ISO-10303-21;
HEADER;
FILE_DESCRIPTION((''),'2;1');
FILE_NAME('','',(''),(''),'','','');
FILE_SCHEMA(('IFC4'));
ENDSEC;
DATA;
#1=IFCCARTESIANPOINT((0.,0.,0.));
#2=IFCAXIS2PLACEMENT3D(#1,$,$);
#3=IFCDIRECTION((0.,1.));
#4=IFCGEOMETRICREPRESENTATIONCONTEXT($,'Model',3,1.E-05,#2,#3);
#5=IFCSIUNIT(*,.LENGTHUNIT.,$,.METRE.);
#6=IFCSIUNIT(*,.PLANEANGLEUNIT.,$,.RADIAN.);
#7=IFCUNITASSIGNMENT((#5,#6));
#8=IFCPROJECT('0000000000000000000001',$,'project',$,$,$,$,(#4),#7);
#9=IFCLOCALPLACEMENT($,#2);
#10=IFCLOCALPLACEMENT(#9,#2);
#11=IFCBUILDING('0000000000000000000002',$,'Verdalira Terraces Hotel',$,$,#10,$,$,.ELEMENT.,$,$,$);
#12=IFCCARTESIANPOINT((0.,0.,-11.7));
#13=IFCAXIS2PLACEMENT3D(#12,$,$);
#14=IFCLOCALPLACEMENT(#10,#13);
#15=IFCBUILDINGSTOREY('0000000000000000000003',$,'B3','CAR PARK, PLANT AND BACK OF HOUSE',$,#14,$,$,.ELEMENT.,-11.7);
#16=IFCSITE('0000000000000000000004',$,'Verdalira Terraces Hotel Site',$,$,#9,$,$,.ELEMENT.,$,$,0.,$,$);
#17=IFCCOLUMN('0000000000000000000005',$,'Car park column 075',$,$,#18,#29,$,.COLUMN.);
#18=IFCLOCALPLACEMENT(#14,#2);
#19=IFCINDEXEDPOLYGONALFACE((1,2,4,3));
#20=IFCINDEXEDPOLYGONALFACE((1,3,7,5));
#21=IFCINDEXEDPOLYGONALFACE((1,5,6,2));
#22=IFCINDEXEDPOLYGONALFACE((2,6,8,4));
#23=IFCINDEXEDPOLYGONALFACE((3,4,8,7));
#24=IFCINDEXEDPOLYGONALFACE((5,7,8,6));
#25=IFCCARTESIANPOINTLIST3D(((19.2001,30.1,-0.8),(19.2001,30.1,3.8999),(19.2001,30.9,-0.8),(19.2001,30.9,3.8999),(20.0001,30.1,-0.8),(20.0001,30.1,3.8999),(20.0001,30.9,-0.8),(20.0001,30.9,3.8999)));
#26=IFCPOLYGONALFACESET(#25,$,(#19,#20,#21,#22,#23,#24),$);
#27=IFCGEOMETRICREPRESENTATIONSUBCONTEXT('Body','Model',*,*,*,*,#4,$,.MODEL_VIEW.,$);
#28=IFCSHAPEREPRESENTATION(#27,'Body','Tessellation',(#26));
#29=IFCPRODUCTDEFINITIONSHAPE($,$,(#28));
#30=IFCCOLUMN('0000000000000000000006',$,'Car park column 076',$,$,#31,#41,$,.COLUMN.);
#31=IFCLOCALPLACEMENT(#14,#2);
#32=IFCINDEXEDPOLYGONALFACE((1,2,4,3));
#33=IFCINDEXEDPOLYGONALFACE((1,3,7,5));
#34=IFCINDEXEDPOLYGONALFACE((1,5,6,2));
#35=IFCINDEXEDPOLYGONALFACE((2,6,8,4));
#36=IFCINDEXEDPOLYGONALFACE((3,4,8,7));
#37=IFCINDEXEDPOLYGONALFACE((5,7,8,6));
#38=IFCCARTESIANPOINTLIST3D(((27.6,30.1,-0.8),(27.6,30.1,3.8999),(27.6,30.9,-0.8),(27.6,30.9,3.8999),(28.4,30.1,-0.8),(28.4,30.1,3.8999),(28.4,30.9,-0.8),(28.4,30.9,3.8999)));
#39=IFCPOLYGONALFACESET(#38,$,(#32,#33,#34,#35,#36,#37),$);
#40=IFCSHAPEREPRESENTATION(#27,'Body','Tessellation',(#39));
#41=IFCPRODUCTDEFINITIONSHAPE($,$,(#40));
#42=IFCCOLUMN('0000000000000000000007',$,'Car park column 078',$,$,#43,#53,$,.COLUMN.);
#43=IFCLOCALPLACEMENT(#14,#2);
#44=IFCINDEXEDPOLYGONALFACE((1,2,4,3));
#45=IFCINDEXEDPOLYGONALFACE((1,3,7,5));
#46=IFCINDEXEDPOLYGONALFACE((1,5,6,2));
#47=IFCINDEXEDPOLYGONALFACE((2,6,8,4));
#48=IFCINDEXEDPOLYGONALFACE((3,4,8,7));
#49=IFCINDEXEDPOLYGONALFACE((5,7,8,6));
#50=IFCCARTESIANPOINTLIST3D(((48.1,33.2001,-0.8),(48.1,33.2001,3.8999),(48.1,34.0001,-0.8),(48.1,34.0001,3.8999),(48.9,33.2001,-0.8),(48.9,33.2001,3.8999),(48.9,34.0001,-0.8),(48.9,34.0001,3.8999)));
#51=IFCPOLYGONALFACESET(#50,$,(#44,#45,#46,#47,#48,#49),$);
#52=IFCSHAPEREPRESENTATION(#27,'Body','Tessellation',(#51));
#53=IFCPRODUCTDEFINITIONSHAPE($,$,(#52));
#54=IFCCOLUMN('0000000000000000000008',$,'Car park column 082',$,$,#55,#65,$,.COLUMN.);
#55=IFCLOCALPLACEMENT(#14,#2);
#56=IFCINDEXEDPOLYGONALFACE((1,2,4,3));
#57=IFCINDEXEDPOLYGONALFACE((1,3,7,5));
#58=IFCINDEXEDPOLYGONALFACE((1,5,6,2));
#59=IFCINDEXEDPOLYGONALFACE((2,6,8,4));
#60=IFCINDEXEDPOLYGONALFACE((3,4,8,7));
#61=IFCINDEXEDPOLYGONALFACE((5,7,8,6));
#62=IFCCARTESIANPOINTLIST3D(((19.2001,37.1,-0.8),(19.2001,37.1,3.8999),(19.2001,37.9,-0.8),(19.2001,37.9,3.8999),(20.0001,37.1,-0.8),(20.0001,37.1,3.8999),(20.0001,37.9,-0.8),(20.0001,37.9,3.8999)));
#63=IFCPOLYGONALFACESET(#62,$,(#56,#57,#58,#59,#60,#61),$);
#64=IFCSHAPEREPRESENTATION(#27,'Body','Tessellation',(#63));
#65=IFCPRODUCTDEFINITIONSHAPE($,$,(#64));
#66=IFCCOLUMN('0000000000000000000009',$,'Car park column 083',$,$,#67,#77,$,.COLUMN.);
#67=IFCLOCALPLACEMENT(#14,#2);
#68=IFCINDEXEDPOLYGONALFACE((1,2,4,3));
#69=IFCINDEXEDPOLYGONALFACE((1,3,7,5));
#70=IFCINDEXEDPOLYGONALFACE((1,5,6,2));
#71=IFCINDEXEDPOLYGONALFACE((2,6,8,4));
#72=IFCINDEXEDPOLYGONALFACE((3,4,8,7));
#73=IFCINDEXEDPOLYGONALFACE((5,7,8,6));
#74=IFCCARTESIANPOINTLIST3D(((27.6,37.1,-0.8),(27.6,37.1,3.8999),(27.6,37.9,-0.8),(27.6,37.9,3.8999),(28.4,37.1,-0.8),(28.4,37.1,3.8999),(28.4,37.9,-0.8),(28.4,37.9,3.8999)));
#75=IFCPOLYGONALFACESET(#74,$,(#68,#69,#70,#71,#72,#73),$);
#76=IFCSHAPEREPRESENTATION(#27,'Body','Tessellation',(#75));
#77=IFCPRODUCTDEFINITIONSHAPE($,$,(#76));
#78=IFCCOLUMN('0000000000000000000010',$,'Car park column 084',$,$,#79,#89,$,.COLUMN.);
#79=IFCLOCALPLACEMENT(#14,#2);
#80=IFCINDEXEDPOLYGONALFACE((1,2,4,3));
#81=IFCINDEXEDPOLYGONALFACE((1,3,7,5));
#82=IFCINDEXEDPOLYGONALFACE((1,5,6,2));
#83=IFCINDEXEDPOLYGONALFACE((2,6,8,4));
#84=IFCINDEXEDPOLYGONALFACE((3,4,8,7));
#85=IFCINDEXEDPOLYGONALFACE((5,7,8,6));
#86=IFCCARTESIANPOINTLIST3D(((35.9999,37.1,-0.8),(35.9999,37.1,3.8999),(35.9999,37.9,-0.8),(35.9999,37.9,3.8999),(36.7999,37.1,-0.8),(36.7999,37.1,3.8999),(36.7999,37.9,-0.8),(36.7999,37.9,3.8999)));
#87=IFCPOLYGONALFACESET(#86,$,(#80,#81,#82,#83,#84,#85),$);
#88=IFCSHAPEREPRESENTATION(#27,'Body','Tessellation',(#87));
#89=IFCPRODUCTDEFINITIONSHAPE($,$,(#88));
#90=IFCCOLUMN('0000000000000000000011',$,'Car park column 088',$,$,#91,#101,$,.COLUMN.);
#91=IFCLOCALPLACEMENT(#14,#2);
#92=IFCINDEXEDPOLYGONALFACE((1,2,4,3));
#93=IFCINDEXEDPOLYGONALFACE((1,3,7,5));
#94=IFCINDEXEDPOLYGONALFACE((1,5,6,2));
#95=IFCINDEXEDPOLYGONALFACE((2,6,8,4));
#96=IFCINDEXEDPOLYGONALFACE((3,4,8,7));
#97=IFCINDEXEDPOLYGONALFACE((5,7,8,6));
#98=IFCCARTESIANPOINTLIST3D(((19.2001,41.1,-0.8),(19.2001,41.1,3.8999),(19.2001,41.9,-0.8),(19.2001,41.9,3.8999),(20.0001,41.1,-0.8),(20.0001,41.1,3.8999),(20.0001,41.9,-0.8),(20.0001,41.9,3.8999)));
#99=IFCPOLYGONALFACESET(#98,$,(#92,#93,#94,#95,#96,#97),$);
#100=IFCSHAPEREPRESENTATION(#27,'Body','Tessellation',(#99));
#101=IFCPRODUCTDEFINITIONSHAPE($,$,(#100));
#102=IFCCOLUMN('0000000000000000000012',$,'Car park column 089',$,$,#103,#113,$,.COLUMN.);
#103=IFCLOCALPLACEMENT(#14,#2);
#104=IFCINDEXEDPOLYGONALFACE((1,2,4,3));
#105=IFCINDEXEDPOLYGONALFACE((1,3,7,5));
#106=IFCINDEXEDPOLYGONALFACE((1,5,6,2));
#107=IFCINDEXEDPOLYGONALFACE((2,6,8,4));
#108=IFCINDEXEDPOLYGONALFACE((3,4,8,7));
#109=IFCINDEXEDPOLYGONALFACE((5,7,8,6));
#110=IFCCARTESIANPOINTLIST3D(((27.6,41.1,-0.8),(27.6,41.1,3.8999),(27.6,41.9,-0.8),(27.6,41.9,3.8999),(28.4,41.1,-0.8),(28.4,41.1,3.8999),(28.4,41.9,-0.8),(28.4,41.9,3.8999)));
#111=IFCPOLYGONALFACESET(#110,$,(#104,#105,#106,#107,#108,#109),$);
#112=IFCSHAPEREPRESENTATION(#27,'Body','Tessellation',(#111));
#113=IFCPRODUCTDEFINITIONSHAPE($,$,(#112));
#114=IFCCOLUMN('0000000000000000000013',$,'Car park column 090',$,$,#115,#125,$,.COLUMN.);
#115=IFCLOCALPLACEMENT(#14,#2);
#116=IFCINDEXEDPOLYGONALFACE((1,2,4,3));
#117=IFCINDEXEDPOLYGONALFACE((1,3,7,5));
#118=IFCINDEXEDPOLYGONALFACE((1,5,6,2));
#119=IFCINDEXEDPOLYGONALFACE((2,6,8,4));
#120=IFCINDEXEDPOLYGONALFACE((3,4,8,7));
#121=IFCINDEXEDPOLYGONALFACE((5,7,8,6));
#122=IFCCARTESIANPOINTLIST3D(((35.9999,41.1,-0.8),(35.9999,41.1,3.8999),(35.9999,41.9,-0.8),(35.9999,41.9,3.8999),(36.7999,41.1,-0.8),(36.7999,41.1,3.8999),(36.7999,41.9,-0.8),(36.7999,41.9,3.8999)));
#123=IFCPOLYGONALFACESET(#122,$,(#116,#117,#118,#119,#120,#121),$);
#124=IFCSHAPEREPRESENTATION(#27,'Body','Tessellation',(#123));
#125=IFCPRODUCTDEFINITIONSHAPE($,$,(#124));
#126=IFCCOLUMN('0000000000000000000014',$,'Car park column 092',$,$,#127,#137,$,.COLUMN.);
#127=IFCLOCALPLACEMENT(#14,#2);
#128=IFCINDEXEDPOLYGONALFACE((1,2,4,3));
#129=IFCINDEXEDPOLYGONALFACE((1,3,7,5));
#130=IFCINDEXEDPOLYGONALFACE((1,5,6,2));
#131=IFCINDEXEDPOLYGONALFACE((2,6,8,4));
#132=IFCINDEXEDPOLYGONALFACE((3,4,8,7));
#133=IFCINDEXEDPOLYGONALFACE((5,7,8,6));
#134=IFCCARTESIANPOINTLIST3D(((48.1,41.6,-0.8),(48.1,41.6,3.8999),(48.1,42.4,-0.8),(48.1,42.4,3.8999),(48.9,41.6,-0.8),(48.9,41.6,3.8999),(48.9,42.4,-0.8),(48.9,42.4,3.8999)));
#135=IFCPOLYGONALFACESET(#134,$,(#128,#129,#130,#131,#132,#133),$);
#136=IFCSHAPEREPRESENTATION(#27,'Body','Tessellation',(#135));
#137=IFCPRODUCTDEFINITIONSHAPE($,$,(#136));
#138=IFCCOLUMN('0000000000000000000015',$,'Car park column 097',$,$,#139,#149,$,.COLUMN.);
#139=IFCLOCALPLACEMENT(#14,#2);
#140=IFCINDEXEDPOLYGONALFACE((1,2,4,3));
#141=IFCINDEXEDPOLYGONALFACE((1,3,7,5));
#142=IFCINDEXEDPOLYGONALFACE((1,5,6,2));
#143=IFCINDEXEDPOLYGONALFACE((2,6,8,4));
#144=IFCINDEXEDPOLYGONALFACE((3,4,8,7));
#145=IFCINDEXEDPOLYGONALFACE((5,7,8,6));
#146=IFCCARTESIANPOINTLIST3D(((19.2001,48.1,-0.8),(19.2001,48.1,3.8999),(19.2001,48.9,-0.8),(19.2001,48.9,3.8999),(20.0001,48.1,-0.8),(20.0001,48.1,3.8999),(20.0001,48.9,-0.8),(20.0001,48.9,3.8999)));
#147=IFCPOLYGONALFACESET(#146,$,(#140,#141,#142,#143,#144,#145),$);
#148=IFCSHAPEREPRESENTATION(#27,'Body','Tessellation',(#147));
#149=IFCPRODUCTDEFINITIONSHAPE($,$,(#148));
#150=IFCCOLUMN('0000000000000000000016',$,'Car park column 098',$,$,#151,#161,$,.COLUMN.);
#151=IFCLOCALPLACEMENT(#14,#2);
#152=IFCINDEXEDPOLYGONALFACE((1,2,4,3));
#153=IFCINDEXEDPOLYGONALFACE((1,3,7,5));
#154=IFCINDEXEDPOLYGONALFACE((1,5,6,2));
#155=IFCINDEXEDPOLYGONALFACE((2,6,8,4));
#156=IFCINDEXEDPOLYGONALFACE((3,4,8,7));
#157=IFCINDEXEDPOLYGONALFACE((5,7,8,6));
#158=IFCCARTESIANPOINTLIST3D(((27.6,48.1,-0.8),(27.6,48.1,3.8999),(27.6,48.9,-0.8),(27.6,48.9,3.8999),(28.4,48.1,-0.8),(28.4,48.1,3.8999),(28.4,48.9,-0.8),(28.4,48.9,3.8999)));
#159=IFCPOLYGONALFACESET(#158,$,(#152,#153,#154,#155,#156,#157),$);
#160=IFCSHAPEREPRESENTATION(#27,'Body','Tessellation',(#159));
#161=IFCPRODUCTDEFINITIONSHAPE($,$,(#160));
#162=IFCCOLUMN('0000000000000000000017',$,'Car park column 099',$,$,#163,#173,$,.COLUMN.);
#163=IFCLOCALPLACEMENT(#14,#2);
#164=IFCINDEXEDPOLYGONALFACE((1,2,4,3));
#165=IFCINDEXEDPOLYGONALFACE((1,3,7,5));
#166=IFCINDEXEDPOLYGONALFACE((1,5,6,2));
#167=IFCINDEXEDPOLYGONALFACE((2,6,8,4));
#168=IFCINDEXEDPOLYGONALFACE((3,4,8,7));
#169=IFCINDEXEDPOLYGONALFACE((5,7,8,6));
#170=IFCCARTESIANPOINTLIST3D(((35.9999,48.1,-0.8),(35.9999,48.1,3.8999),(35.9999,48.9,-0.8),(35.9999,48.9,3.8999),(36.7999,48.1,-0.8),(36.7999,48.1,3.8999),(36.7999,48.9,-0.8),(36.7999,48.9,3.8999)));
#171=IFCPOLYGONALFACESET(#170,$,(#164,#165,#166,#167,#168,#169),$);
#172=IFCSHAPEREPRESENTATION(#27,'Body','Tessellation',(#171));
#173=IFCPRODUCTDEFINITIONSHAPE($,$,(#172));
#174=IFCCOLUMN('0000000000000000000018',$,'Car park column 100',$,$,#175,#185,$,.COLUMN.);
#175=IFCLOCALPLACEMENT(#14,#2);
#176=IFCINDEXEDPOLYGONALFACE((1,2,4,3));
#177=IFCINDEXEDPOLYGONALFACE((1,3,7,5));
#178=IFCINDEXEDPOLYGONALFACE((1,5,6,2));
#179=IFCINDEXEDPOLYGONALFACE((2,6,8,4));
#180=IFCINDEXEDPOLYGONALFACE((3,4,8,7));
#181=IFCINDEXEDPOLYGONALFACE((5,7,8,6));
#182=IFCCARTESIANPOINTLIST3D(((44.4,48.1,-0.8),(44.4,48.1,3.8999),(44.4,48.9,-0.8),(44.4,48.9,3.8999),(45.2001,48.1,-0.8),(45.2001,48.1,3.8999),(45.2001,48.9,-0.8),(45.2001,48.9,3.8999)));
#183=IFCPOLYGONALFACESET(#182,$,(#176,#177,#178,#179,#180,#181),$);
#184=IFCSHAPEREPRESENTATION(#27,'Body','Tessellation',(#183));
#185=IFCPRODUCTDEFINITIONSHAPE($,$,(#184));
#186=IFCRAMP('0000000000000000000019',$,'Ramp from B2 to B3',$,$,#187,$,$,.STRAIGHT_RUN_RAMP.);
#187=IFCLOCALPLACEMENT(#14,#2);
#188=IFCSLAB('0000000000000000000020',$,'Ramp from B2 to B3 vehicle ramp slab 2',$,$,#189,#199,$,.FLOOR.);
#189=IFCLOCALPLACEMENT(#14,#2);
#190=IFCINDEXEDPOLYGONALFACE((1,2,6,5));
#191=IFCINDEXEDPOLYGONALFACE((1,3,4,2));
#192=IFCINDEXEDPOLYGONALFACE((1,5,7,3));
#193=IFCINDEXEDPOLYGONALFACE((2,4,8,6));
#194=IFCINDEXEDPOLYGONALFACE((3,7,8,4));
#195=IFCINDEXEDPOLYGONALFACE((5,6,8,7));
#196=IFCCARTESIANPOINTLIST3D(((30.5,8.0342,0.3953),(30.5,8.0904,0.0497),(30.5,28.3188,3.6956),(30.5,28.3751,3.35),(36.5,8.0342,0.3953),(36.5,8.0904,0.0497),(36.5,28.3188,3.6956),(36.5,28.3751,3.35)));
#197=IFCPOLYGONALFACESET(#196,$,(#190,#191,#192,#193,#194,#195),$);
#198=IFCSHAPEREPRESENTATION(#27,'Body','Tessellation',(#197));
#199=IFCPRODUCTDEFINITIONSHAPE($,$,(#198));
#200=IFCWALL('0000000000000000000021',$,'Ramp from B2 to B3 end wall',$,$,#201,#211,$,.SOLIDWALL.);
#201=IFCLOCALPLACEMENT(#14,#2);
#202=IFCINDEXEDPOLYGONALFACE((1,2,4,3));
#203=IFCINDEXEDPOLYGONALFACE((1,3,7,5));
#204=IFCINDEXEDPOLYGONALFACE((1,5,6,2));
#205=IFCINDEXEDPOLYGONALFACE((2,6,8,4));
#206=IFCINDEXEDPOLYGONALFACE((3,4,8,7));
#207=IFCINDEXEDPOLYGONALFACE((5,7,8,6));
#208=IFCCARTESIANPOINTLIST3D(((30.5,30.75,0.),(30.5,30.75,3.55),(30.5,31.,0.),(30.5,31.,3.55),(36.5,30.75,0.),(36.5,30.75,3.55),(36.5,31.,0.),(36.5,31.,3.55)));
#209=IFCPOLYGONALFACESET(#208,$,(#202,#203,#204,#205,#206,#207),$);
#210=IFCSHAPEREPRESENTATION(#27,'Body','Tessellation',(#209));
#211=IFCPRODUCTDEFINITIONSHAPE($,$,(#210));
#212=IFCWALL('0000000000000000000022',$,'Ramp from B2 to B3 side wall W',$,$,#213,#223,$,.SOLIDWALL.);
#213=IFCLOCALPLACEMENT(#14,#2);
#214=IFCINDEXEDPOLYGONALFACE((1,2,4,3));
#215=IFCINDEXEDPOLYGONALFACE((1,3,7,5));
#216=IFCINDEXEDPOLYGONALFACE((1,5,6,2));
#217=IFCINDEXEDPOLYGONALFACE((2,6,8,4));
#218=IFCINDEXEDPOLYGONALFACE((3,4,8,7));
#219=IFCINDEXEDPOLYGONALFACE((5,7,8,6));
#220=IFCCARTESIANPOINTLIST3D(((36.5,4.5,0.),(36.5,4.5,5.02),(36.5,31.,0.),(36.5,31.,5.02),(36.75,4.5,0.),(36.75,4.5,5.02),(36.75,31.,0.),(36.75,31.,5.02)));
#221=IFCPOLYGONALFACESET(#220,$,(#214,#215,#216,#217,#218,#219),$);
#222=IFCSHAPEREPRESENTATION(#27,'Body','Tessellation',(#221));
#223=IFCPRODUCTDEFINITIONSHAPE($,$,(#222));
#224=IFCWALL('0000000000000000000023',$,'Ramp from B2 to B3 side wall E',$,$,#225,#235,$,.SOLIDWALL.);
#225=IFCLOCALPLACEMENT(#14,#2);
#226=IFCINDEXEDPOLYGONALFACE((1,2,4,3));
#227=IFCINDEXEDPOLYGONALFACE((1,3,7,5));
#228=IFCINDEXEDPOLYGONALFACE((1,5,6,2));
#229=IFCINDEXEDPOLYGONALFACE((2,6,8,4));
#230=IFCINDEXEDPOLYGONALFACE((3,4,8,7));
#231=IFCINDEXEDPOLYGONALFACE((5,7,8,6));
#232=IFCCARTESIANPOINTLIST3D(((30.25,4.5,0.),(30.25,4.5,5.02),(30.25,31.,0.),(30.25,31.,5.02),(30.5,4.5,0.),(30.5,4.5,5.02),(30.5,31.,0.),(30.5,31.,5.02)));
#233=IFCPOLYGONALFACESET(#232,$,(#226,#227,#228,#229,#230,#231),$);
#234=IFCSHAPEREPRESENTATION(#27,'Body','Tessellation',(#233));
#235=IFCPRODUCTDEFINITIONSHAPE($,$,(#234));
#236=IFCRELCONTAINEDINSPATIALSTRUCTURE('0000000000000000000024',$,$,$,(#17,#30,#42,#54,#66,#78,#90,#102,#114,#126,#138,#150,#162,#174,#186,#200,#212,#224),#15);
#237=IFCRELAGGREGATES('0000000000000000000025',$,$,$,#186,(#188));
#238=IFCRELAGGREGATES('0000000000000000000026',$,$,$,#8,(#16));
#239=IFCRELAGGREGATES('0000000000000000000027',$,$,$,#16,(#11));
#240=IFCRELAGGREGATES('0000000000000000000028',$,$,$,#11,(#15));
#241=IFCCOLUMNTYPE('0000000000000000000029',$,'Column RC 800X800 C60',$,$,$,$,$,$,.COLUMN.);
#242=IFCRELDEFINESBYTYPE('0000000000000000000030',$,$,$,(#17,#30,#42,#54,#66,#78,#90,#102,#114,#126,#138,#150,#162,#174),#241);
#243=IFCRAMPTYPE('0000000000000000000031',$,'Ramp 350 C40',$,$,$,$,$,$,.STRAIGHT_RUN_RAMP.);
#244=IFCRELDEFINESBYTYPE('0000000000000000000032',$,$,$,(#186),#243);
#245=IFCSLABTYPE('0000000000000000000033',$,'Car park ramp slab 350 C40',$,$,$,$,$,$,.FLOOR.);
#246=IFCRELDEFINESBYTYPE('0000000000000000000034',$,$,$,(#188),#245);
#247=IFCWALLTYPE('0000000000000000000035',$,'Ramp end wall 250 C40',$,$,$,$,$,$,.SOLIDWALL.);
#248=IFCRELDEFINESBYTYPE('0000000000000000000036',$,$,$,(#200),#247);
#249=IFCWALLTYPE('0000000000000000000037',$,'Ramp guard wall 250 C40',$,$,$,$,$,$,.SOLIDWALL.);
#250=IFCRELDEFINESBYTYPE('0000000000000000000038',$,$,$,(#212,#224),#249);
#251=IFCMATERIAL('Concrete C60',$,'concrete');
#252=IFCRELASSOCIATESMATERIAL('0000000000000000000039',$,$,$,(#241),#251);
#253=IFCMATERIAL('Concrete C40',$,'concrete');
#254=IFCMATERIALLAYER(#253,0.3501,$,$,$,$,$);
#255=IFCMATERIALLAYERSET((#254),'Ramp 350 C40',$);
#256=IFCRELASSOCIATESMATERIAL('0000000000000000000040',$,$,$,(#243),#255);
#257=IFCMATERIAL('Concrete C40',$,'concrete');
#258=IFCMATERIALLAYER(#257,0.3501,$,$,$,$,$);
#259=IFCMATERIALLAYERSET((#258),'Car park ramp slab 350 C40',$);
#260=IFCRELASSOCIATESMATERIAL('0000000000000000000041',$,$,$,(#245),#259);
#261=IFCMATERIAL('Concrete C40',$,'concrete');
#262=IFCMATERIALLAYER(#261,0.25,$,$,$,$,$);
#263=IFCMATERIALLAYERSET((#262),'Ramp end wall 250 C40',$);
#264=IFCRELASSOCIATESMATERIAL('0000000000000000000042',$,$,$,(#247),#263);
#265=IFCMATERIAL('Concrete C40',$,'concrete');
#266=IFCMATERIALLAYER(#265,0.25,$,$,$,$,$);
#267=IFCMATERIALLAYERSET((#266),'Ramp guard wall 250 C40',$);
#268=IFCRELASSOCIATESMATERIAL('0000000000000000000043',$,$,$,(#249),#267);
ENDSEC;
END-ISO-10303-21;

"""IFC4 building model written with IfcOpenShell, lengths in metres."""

from ifc_helpers import new_model, si_unit, direction, frame, frame_2d, origin, origin_2d, place, context, subcontext, project, spatial, polyline, rectangle, outline, extrude, material, layer, layer_set, material_profile, profile_set, type_object, element, aggregate, save


model = new_model("IFC4")

# Units and contexts
model_context = context("Model", 3, precision=1e-05, world=origin(), true_north=direction((0.0, 1.0)))
body_context = subcontext(model_context, "Body", "Model", "MODEL_VIEW")
ifc_project = project(units=[si_unit("LENGTHUNIT", "METRE"), si_unit("PLANEANGLEUNIT", "RADIAN")], contexts=[model_context])

# Site, building, storey
site_placement = place(None, origin())
site = spatial("IfcSite", under=ifc_project, at=site_placement, Name="Verdalira Terraces Hotel Site", CompositionType="ELEMENT", RefElevation=0.0)
building_placement = place(site_placement, origin())
building = spatial("IfcBuilding", under=site, at=building_placement, Name="Verdalira Terraces Hotel", CompositionType="ELEMENT")
storey_placement = place(building_placement, frame((0.0, 0.0, -11.7)))
storey = spatial("IfcBuildingStorey", under=building, at=storey_placement, Name="B3", Description="CAR PARK, PLANT AND BACK OF HOUSE", CompositionType="ELEMENT", Elevation=-11.7)

# Columns
ifc_material_1 = material(Name="Concrete C60", Category="concrete")
ifc_material_profile = material_profile(ifc_material_1, rectangle(XDim=0.8, YDim=0.8, at=origin_2d()), Name="RC 800X800")
ifc_profile_set = profile_set([ifc_material_profile], Name="Concrete C60")
column_type = type_object("IfcColumnType", Name="Column RC 800X800 C60", PredefinedType="COLUMN", material=ifc_profile_set)
for number, where, z_axis, x_axis, name in (
    (1, (19.6001, 30.5, -0.8), (0.0, 0.0, 1.0), (1.0, 0.0, 0.0), "Car park column 075"),
    (2, (28.0, 30.5, -0.8), (0.0, 0.0, 1.0), (1.0, 0.0, 0.0), "Car park column 076"),
    (3, (48.5, 33.6001, -0.8), (0.0, 0.0, 1.0), (1.0, 0.0, 0.0), "Car park column 078"),
    (4, (19.6001, 37.5, -0.8), (0.0, 0.0, 1.0), (1.0, 0.0, 0.0), "Car park column 082"),
    (5, (28.0, 37.5, -0.8), (0.0, 0.0, 1.0), (1.0, 0.0, 0.0), "Car park column 083"),
    (6, (36.3999, 37.5, -0.8), (0.0, 0.0, 1.0), (1.0, 0.0, 0.0), "Car park column 084"),
    (7, (19.6001, 41.5, -0.8), (0.0, 0.0, 1.0), (1.0, 0.0, 0.0), "Car park column 088"),
    (8, (28.0, 41.5, -0.8), (0.0, 0.0, 1.0), (1.0, 0.0, 0.0), "Car park column 089"),
    (9, (36.3999, 41.5, -0.8), (0.0, 0.0, 1.0), (1.0, 0.0, 0.0), "Car park column 090"),
    (10, (48.5, 42.0, -0.8), (0.0, 0.0, 1.0), (1.0, 0.0, 0.0), "Car park column 092"),
    (11, (19.6001, 48.5, -0.8), (0.0, 0.0, 1.0), (1.0, 0.0, 0.0), "Car park column 097"),
    (12, (28.0, 48.5, -0.8), (0.0, 0.0, 1.0), (1.0, 0.0, 0.0), "Car park column 098"),
    (13, (36.3999, 48.5, -0.8), (0.0, 0.0, 1.0), (1.0, 0.0, 0.0), "Car park column 099"),
    (14, (44.8, 48.5, -0.8), (0.0, 0.0, 1.0), (1.0, 0.0, 0.0), "Car park column 100"),
):
    element("IfcColumn", number, at=place(storey_placement, frame(where, z_axis=z_axis, x_axis=x_axis)), inside=storey, type_object=column_type, Name=name, PredefinedType="COLUMN", context=body_context, shape_type="SweptSolid", body=[
        extrude(rectangle(XDim=0.8, YDim=0.8, at=origin_2d()), origin(), (0.0, 0.0, 1.0), 4.7),
    ])

# Ramp, slab
ifc_material_2 = material(Name="Concrete C40", Category="concrete")
ifc_layer_1 = layer(ifc_material_2, 0.3501)
ifc_layer_set_1 = layer_set([ifc_layer_1], Name="Ramp 350 C40")
ramp_type = type_object("IfcRampType", Name="Ramp 350 C40", PredefinedType="STRAIGHT_RUN_RAMP", material=ifc_layer_set_1)
ramp_placement = place(storey_placement, origin())
ramp = element("IfcRamp", 15, at=ramp_placement, inside=storey, type_object=ramp_type, Name="Ramp from B2 to B3", PredefinedType="STRAIGHT_RUN_RAMP")
ifc_material_3 = material(Name="Concrete C40", Category="concrete")
ifc_layer_2 = layer(ifc_material_3, 0.3501)
ifc_layer_set_2 = layer_set([ifc_layer_2], Name="Car park ramp slab 350 C40")
slab_type = type_object("IfcSlabType", Name="Car park ramp slab 350 C40", PredefinedType="FLOOR", material=ifc_layer_set_2)
slab_placement = place(storey_placement, frame((30.5, 28.3188, 3.6956), z_axis=(0.0, -0.160587, 0.987022), x_axis=(1.0, 0.0, 0.0)))
slab = element("IfcSlab", 16, at=slab_placement, type_object=slab_type, Name="Ramp from B2 to B3 vehicle ramp slab 2", PredefinedType="FLOOR", context=body_context, shape_type="SweptSolid", body=[
    extrude(outline(polyline([(0.0, 0.0), (6.0, 0.0), (6.0, -20.5514), (0.0, -20.5514), (0.0, 0.0)])), origin(), (0.0, 0.0, -1.0), 0.3501),
])
aggregate(ramp, [slab])

# Walls
ifc_material_4 = material(Name="Concrete C40", Category="concrete")
ifc_layer_3 = layer(ifc_material_4, 0.25)
ifc_layer_set_3 = layer_set([ifc_layer_3], Name="Ramp end wall 250 C40")
wall_type_1 = type_object("IfcWallType", Name="Ramp end wall 250 C40", PredefinedType="SOLIDWALL", material=ifc_layer_set_3)
wall_1_placement = place(storey_placement, frame((36.5, 30.875, 0.0), z_axis=(0.0, 0.0, 1.0), x_axis=(-1.0, 0.0, 0.0)))
element("IfcWall", 17, at=wall_1_placement, inside=storey, type_object=wall_type_1, Name="Ramp from B2 to B3 end wall", PredefinedType="SOLIDWALL", context=body_context, shape_type="SweptSolid", body=[
    extrude(rectangle(XDim=6.0, YDim=0.25, at=frame_2d((3.0, 0.0))), origin(), (0.0, 0.0, 1.0), 3.55),
])
ifc_material_5 = material(Name="Concrete C40", Category="concrete")
ifc_layer_4 = layer(ifc_material_5, 0.25)
ifc_layer_set_4 = layer_set([ifc_layer_4], Name="Ramp guard wall 250 C40")
wall_type_2 = type_object("IfcWallType", Name="Ramp guard wall 250 C40", PredefinedType="SOLIDWALL", material=ifc_layer_set_4)
for number, where, z_axis, x_axis, name in (
    (18, (36.625, 31.0, 0.0), (0.0, 0.0, 1.0), (0.0, -1.0, 0.0), "Ramp from B2 to B3 side wall W"),
    (19, (30.375, 31.0, 0.0), (0.0, 0.0, 1.0), (0.0, -1.0, 0.0), "Ramp from B2 to B3 side wall E"),
):
    element("IfcWall", number, at=place(storey_placement, frame(where, z_axis=z_axis, x_axis=x_axis)), inside=storey, type_object=wall_type_2, Name=name, PredefinedType="SOLIDWALL", context=body_context, shape_type="SweptSolid", body=[
        extrude(rectangle(XDim=26.5, YDim=0.25, at=frame_2d((13.25, 0.0))), origin(), (0.0, 0.0, 1.0), 5.02),
    ])

save(model, "model.ifc")
